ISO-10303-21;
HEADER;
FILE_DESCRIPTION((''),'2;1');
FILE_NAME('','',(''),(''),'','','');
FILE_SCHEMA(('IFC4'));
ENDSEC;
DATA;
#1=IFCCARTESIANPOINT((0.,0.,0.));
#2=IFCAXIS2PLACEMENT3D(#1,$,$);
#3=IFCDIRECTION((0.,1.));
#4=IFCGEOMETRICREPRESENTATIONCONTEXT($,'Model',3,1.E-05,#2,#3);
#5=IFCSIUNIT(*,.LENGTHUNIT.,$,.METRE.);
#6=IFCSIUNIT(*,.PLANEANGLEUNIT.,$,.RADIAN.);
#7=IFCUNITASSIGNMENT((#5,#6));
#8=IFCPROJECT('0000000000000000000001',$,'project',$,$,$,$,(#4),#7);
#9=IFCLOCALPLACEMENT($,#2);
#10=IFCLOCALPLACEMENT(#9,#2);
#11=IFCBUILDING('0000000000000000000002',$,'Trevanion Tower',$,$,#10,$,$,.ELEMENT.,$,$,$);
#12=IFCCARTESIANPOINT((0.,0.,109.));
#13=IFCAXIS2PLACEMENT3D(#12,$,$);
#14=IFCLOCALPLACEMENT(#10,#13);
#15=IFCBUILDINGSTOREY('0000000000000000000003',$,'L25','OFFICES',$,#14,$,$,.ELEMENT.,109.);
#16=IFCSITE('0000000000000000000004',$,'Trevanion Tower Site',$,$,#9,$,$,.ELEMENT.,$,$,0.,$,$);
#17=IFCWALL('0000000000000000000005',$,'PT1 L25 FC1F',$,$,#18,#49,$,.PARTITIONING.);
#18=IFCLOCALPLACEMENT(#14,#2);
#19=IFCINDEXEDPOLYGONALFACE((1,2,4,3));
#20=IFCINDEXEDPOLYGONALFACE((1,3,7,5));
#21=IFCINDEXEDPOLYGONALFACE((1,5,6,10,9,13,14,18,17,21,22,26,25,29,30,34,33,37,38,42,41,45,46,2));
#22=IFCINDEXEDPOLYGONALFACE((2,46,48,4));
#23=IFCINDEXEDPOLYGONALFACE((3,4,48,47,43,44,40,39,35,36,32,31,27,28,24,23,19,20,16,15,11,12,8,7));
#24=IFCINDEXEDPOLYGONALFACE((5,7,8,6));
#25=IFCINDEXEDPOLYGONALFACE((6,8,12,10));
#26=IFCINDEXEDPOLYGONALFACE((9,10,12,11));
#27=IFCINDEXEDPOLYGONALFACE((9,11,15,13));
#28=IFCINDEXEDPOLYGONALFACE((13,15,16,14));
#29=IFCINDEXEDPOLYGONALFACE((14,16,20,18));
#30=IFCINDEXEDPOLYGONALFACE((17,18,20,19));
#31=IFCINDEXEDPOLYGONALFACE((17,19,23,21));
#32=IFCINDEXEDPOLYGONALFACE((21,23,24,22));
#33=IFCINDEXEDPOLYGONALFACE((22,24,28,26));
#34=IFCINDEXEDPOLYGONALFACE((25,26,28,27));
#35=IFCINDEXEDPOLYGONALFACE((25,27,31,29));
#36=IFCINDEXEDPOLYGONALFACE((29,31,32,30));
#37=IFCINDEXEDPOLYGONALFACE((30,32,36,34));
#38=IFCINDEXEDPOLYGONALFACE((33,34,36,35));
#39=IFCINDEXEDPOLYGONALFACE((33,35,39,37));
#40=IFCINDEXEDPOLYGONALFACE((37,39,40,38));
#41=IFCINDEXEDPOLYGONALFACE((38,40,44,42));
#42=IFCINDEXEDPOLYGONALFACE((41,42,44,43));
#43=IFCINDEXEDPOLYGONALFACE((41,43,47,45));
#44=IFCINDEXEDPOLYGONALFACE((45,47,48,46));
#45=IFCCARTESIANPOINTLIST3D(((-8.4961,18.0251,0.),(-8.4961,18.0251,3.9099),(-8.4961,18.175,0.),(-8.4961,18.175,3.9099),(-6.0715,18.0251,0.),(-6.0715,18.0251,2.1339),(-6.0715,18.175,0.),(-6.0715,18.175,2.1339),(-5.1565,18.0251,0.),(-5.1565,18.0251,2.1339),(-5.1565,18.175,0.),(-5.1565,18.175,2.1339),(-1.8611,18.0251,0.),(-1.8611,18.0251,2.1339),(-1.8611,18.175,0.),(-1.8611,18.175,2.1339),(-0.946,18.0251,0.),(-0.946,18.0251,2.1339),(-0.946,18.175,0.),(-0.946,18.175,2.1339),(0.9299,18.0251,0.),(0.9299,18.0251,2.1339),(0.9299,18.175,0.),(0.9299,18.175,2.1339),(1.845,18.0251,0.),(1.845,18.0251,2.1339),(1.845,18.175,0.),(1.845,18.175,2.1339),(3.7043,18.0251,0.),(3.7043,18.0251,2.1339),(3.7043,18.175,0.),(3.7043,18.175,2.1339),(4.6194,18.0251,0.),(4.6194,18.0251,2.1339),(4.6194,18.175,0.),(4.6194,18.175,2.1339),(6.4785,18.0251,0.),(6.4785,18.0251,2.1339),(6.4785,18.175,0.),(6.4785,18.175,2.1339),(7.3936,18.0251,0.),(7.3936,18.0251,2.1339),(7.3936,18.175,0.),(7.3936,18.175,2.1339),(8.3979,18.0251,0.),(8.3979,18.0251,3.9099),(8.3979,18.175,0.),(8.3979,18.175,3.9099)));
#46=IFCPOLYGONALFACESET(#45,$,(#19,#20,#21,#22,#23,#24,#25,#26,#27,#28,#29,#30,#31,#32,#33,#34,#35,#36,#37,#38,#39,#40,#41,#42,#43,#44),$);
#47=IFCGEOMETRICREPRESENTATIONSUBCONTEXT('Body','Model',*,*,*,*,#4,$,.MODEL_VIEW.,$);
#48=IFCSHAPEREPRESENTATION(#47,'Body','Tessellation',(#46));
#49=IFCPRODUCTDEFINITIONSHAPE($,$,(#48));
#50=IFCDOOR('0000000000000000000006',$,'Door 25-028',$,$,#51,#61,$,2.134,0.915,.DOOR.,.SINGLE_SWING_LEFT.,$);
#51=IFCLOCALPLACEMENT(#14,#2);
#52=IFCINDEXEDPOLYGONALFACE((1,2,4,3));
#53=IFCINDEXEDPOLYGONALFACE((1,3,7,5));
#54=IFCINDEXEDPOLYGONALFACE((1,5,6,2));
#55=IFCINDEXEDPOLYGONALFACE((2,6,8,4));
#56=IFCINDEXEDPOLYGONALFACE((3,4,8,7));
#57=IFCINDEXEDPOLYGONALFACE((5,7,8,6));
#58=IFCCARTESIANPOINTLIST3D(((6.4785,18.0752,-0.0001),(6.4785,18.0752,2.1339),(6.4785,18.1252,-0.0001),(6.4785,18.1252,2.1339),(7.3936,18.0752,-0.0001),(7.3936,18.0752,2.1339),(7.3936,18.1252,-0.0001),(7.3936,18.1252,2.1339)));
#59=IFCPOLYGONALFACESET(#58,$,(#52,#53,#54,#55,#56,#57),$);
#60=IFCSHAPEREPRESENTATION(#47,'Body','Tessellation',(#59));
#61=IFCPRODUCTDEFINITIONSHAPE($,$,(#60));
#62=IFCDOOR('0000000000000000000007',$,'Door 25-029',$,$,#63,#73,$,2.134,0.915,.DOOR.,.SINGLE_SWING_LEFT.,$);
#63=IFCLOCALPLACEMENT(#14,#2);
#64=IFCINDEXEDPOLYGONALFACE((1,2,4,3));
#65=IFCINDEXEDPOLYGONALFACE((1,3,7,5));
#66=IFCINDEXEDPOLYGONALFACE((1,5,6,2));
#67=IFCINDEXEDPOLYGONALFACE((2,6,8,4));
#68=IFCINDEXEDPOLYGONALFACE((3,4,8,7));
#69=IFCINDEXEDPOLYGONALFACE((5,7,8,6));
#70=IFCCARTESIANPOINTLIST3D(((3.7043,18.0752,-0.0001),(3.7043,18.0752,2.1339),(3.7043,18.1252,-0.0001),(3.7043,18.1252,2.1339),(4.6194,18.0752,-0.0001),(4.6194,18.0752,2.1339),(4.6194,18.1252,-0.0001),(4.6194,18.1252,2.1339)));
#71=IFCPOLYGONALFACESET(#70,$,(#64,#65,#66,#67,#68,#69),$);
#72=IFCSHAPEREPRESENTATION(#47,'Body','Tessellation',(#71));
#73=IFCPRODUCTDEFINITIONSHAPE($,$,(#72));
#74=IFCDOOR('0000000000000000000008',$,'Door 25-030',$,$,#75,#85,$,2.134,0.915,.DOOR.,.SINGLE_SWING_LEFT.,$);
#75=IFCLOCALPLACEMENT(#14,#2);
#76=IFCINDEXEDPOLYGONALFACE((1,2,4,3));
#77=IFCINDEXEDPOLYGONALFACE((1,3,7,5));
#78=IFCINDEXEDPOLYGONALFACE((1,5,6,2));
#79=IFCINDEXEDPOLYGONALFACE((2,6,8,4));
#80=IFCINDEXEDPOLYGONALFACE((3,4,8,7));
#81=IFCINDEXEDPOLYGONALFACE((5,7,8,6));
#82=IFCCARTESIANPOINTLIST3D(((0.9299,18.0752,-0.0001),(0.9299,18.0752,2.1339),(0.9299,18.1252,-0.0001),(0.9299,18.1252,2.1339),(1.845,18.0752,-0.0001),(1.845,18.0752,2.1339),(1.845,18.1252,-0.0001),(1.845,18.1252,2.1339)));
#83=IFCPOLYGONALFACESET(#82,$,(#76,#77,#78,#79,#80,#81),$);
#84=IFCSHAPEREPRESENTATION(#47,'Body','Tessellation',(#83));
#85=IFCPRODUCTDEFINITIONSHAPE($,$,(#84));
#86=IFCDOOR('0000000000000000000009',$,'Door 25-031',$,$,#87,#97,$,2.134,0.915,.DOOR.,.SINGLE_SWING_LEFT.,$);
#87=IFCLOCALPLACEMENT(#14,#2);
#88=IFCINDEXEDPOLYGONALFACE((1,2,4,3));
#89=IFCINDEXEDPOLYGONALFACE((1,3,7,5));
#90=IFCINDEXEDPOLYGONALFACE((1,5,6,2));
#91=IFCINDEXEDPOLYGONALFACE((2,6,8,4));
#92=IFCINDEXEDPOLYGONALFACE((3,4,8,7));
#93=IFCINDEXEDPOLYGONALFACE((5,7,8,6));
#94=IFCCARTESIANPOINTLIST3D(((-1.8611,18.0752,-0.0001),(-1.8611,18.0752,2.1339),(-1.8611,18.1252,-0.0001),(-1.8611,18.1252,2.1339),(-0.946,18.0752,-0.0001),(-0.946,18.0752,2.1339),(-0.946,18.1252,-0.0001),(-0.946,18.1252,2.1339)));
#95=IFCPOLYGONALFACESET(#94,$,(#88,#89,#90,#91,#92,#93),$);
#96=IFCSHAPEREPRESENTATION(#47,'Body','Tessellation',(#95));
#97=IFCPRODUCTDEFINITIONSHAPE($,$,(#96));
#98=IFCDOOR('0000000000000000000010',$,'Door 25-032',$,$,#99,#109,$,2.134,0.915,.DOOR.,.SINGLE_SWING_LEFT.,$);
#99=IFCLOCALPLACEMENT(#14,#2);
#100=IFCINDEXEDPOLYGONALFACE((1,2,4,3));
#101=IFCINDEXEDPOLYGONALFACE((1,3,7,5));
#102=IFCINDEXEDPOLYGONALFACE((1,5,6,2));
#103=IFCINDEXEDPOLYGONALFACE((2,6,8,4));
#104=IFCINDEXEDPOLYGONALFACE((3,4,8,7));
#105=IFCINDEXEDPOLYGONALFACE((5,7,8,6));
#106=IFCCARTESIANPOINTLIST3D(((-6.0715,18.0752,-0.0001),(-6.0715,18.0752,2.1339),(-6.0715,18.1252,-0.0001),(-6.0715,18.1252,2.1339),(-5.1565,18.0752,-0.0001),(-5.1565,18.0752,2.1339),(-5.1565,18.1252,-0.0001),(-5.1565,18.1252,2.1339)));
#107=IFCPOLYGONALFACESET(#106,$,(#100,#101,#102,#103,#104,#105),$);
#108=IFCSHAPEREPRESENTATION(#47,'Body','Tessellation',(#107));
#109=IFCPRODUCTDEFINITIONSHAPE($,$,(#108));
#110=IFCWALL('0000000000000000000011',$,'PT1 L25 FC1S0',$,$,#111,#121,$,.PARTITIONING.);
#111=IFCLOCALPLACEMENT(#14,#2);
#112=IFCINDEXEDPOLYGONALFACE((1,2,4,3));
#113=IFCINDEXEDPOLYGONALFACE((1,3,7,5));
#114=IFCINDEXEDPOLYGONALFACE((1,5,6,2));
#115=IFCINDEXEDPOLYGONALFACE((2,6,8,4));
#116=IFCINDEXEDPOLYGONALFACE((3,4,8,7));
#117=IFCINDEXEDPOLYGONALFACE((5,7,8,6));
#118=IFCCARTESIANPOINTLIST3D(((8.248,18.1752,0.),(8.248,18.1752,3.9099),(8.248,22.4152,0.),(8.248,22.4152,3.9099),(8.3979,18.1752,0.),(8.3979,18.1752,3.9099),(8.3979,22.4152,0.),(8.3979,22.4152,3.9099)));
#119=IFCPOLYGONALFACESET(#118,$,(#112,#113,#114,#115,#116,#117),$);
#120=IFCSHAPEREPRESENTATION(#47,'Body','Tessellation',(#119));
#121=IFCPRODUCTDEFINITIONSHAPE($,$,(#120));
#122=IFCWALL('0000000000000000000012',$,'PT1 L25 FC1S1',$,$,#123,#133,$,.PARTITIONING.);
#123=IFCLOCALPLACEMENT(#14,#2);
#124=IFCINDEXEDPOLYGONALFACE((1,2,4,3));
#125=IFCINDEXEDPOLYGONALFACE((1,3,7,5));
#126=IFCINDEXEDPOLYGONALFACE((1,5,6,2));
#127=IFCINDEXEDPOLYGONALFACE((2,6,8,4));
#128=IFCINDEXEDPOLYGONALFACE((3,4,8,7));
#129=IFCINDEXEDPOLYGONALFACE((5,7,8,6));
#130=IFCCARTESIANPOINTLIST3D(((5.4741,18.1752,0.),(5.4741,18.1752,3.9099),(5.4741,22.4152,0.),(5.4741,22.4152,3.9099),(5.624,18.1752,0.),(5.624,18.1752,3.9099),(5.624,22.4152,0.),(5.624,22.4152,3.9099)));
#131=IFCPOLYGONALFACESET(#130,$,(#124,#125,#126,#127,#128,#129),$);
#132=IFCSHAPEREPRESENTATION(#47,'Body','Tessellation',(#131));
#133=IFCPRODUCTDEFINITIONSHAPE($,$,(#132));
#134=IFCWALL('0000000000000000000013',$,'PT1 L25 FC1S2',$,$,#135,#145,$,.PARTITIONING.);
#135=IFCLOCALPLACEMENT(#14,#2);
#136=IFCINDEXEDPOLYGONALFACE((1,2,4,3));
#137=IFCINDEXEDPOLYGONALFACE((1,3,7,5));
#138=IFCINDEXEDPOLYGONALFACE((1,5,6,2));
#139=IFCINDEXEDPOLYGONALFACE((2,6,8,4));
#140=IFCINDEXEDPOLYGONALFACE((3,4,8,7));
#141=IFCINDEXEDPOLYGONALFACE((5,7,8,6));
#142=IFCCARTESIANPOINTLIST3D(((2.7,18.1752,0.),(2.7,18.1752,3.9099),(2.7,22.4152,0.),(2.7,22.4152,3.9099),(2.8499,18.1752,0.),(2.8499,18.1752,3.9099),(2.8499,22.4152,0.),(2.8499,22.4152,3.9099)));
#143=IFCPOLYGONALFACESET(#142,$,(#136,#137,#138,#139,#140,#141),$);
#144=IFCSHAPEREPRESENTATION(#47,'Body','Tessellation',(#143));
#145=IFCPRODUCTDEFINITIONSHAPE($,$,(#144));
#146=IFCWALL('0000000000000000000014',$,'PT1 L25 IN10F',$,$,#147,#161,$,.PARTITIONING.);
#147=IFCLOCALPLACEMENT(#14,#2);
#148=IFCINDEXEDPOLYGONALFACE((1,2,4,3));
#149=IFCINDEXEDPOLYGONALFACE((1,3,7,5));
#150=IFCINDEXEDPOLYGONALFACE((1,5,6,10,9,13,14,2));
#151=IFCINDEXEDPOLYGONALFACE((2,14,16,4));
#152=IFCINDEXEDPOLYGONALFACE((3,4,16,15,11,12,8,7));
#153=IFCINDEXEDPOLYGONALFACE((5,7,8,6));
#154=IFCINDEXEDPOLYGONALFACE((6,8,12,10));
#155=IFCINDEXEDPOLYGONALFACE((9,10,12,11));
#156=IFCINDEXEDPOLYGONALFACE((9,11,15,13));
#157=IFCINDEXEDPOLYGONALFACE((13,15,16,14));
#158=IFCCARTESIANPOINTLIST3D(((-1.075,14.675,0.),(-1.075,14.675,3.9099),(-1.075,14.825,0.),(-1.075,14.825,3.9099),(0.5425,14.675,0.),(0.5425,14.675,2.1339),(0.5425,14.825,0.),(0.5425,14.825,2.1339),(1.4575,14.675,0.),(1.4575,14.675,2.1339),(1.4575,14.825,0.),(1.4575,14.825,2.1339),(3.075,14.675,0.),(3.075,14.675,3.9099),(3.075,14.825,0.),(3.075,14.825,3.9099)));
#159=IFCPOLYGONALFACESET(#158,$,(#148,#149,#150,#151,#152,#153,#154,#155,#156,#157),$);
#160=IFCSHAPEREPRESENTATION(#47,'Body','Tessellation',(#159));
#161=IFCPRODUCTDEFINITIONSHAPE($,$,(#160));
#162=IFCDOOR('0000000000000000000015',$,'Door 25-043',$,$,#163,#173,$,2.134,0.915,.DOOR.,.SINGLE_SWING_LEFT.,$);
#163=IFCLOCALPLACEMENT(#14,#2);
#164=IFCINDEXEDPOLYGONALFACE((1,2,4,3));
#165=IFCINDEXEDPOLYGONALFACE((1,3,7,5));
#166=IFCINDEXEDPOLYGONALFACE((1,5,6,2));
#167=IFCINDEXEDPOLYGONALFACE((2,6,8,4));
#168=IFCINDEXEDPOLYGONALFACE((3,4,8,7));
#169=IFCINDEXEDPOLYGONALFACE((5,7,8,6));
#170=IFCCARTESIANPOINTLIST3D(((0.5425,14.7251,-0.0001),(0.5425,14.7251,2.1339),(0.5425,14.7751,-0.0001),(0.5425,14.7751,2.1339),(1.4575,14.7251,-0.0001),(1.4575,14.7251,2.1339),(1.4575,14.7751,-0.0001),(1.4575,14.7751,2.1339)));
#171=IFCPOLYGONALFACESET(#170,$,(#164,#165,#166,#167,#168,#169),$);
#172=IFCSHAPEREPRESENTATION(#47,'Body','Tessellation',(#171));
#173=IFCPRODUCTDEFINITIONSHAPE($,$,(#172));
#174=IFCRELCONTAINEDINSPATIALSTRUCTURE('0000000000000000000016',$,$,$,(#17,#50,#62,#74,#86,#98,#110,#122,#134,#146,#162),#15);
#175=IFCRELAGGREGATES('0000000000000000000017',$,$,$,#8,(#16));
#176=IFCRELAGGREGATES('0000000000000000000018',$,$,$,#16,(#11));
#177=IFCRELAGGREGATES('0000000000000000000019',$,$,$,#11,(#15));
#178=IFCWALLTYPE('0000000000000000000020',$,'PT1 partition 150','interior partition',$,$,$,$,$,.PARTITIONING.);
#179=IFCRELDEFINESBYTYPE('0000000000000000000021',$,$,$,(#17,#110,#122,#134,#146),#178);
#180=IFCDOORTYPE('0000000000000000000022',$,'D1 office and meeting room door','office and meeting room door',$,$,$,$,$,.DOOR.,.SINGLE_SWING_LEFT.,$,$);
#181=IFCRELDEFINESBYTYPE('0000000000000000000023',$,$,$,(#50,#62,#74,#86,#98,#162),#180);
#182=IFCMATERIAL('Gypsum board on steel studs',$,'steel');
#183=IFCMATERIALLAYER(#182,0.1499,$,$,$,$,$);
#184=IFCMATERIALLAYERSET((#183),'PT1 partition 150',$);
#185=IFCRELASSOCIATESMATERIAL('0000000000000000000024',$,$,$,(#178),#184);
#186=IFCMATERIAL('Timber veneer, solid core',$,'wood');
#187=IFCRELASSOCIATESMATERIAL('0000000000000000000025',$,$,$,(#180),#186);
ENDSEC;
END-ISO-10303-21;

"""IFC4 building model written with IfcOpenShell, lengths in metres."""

from ifc_helpers import new_model, si_unit, direction, frame, frame_2d, origin, place, context, subcontext, project, spatial, rectangle, extrude, material, layer, layer_set, type_object, element, fill, save


model = new_model("IFC4")

# Units and contexts
model_context = context("Model", 3, precision=1e-05, world=origin(), true_north=direction((0.0, 1.0)))
body_context = subcontext(model_context, "Body", "Model", "MODEL_VIEW")
ifc_project = project(units=[si_unit("LENGTHUNIT", "METRE"), si_unit("PLANEANGLEUNIT", "RADIAN")], contexts=[model_context])

# Site, building, storey
site_placement = place(None, origin())
site = spatial("IfcSite", under=ifc_project, at=site_placement, Name="Trevanion Tower Site", CompositionType="ELEMENT", RefElevation=0.0)
building_placement = place(site_placement, origin())
building = spatial("IfcBuilding", under=site, at=building_placement, Name="Trevanion Tower", CompositionType="ELEMENT")
storey_placement = place(building_placement, frame((0.0, 0.0, 109.0)))
storey = spatial("IfcBuildingStorey", under=building, at=storey_placement, Name="L25", Description="OFFICES", CompositionType="ELEMENT", Elevation=109.0)

# Wall, openings, doors
ifc_material_1 = material(Name="Gypsum board on steel studs", Category="steel")
ifc_layer_1 = layer(ifc_material_1, 0.1499)
ifc_layer_set_1 = layer_set([ifc_layer_1], Name="PT1 partition 150")
wall_type_1 = type_object("IfcWallType", Name="PT1 partition 150", Description="interior partition", PredefinedType="PARTITIONING", material=ifc_layer_set_1)
wall_1_placement = place(storey_placement, frame((8.3979, 18.1001, 0.0), z_axis=(0.0, 0.0, 1.0), x_axis=(-1.0, 0.0, 0.0)))
wall_1 = element("IfcWall", 1, at=wall_1_placement, inside=storey, type_object=wall_type_1, Name="PT1 L25 FC1F", PredefinedType="PARTITIONING", context=body_context, shape_type="SweptSolid", body=[
    extrude(rectangle(XDim=16.894, YDim=0.1499, at=frame_2d((8.447, 0.0))), origin(), (0.0, 0.0, 1.0), 3.9099),
])
opening_1_placement = place(wall_1_placement, frame((1.0044, 0.0, 0.0)))
opening_1 = element("IfcOpeningElement", 2, at=opening_1_placement, cuts=wall_1, PredefinedType="OPENING", context=body_context, shape_type="SweptSolid", body=[
    extrude(rectangle(XDim=0.915, YDim=2.134, at=frame_2d((0.4575, 1.0669))), frame((0.0, 0.085, 0.0), z_axis=(0.0, -1.0, 0.0), x_axis=(1.0, 0.0, 0.0)), (0.0, 0.0, 1.0), 0.1699),
])
opening_2_placement = place(wall_1_placement, frame((3.7786, 0.0, 0.0)))
opening_2 = element("IfcOpeningElement", 3, at=opening_2_placement, cuts=wall_1, PredefinedType="OPENING", context=body_context, shape_type="SweptSolid", body=[
    extrude(rectangle(XDim=0.915, YDim=2.134, at=frame_2d((0.4575, 1.0669))), frame((0.0, 0.085, 0.0), z_axis=(0.0, -1.0, 0.0), x_axis=(1.0, 0.0, 0.0)), (0.0, 0.0, 1.0), 0.1699),
])
opening_3_placement = place(wall_1_placement, frame((6.553, 0.0, 0.0)))
opening_3 = element("IfcOpeningElement", 4, at=opening_3_placement, cuts=wall_1, PredefinedType="OPENING", context=body_context, shape_type="SweptSolid", body=[
    extrude(rectangle(XDim=0.915, YDim=2.134, at=frame_2d((0.4575, 1.0669))), frame((0.0, 0.085, 0.0), z_axis=(0.0, -1.0, 0.0), x_axis=(1.0, 0.0, 0.0)), (0.0, 0.0, 1.0), 0.1699),
])
opening_4_placement = place(wall_1_placement, frame((9.344, 0.0, 0.0)))
opening_4 = element("IfcOpeningElement", 5, at=opening_4_placement, cuts=wall_1, PredefinedType="OPENING", context=body_context, shape_type="SweptSolid", body=[
    extrude(rectangle(XDim=0.915, YDim=2.134, at=frame_2d((0.4575, 1.0669))), frame((0.0, 0.085, 0.0), z_axis=(0.0, -1.0, 0.0), x_axis=(1.0, 0.0, 0.0)), (0.0, 0.0, 1.0), 0.1699),
])
opening_5_placement = place(wall_1_placement, frame((13.5544, 0.0, 0.0)))
opening_5 = element("IfcOpeningElement", 6, at=opening_5_placement, cuts=wall_1, PredefinedType="OPENING", context=body_context, shape_type="SweptSolid", body=[
    extrude(rectangle(XDim=0.915, YDim=2.134, at=frame_2d((0.4575, 1.0669))), frame((0.0, 0.085, 0.0), z_axis=(0.0, -1.0, 0.0), x_axis=(1.0, 0.0, 0.0)), (0.0, 0.0, 1.0), 0.1699),
])
ifc_material_2 = material(Name="Timber veneer, solid core", Category="wood")
door_type = type_object("IfcDoorType", Name="D1 office and meeting room door", Description="office and meeting room door", OperationType="SINGLE_SWING_LEFT", PredefinedType="DOOR", material=ifc_material_2)
door_1_placement = place(opening_1_placement, origin())
door_1 = element("IfcDoor", 7, at=door_1_placement, inside=storey, type_object=door_type, Name="Door 25-028", OperationType="SINGLE_SWING_LEFT", OverallHeight=2.134, OverallWidth=0.915, PredefinedType="DOOR", context=body_context, shape_type="SweptSolid", body=[
    extrude(rectangle(XDim=0.915, YDim=2.134, at=frame_2d((0.4575, 1.0669))), frame((0.0, 0.0249, 0.0), z_axis=(0.0, -1.0, 0.0), x_axis=(1.0, 0.0, 0.0)), (0.0, 0.0, 1.0), 0.05),
])
fill(opening_1, door_1)
door_2_placement = place(opening_2_placement, origin())
door_2 = element("IfcDoor", 8, at=door_2_placement, inside=storey, type_object=door_type, Name="Door 25-029", OperationType="SINGLE_SWING_LEFT", OverallHeight=2.134, OverallWidth=0.915, PredefinedType="DOOR", context=body_context, shape_type="SweptSolid", body=[
    extrude(rectangle(XDim=0.915, YDim=2.134, at=frame_2d((0.4575, 1.0669))), frame((0.0, 0.0249, 0.0), z_axis=(0.0, -1.0, 0.0), x_axis=(1.0, 0.0, 0.0)), (0.0, 0.0, 1.0), 0.05),
])
fill(opening_2, door_2)
door_3_placement = place(opening_3_placement, origin())
door_3 = element("IfcDoor", 9, at=door_3_placement, inside=storey, type_object=door_type, Name="Door 25-030", OperationType="SINGLE_SWING_LEFT", OverallHeight=2.134, OverallWidth=0.915, PredefinedType="DOOR", context=body_context, shape_type="SweptSolid", body=[
    extrude(rectangle(XDim=0.915, YDim=2.134, at=frame_2d((0.4575, 1.0669))), frame((0.0, 0.0249, 0.0), z_axis=(0.0, -1.0, 0.0), x_axis=(1.0, 0.0, 0.0)), (0.0, 0.0, 1.0), 0.05),
])
fill(opening_3, door_3)
door_4_placement = place(opening_4_placement, origin())
door_4 = element("IfcDoor", 10, at=door_4_placement, inside=storey, type_object=door_type, Name="Door 25-031", OperationType="SINGLE_SWING_LEFT", OverallHeight=2.134, OverallWidth=0.915, PredefinedType="DOOR", context=body_context, shape_type="SweptSolid", body=[
    extrude(rectangle(XDim=0.915, YDim=2.134, at=frame_2d((0.4575, 1.0669))), frame((0.0, 0.0249, 0.0), z_axis=(0.0, -1.0, 0.0), x_axis=(1.0, 0.0, 0.0)), (0.0, 0.0, 1.0), 0.05),
])
fill(opening_4, door_4)
door_5_placement = place(opening_5_placement, origin())
door_5 = element("IfcDoor", 11, at=door_5_placement, inside=storey, type_object=door_type, Name="Door 25-032", OperationType="SINGLE_SWING_LEFT", OverallHeight=2.134, OverallWidth=0.915, PredefinedType="DOOR", context=body_context, shape_type="SweptSolid", body=[
    extrude(rectangle(XDim=0.915, YDim=2.134, at=frame_2d((0.4575, 1.0669))), frame((0.0, 0.0249, 0.0), z_axis=(0.0, -1.0, 0.0), x_axis=(1.0, 0.0, 0.0)), (0.0, 0.0, 1.0), 0.05),
])
fill(opening_5, door_5)

# Walls
for number, where, z_axis, x_axis, name in (
    (12, (8.323, 18.175, 0.0), (0.0, 0.0, 1.0), (0.0, 1.0, 0.0), "PT1 L25 FC1S0"),
    (13, (5.5491, 18.175, 0.0), (0.0, 0.0, 1.0), (0.0, 1.0, 0.0), "PT1 L25 FC1S1"),
    (14, (2.7749, 18.175, 0.0), (0.0, 0.0, 1.0), (0.0, 1.0, 0.0), "PT1 L25 FC1S2"),
):
    element("IfcWall", number, at=place(storey_placement, frame(where, z_axis=z_axis, x_axis=x_axis)), inside=storey, type_object=wall_type_1, Name=name, PredefinedType="PARTITIONING", context=body_context, shape_type="SweptSolid", body=[
        extrude(rectangle(XDim=4.24, YDim=0.1499, at=frame_2d((2.1201, 0.0))), origin(), (0.0, 0.0, 1.0), 3.9099),
    ])

# Wall, opening, door
wall_2_placement = place(storey_placement, frame((3.075, 14.75, 0.0), z_axis=(0.0, 0.0, 1.0), x_axis=(-1.0, 0.0, 0.0)))
wall_2 = element("IfcWall", 15, at=wall_2_placement, inside=storey, type_object=wall_type_1, Name="PT1 L25 IN10F", PredefinedType="PARTITIONING", context=body_context, shape_type="SweptSolid", body=[
    extrude(rectangle(XDim=4.1499, YDim=0.1499, at=frame_2d((2.075, 0.0))), origin(), (0.0, 0.0, 1.0), 3.9099),
])
opening_6_placement = place(wall_2_placement, frame((1.6174, 0.0, 0.0)))
opening_6 = element("IfcOpeningElement", 16, at=opening_6_placement, cuts=wall_2, PredefinedType="OPENING", context=body_context, shape_type="SweptSolid", body=[
    extrude(rectangle(XDim=0.915, YDim=2.134, at=frame_2d((0.4575, 1.0669))), frame((0.0, 0.085, 0.0), z_axis=(0.0, -1.0, 0.0), x_axis=(1.0, 0.0, 0.0)), (0.0, 0.0, 1.0), 0.1699),
])
door_6_placement = place(opening_6_placement, origin())
door_6 = element("IfcDoor", 17, at=door_6_placement, inside=storey, type_object=door_type, Name="Door 25-043", OperationType="SINGLE_SWING_LEFT", OverallHeight=2.134, OverallWidth=0.915, PredefinedType="DOOR", context=body_context, shape_type="SweptSolid", body=[
    extrude(rectangle(XDim=0.915, YDim=2.134, at=frame_2d((0.4575, 1.0669))), frame((0.0, 0.0249, 0.0), z_axis=(0.0, -1.0, 0.0), x_axis=(1.0, 0.0, 0.0)), (0.0, 0.0, 1.0), 0.05),
])
fill(opening_6, door_6)

save(model, "model.ifc")
